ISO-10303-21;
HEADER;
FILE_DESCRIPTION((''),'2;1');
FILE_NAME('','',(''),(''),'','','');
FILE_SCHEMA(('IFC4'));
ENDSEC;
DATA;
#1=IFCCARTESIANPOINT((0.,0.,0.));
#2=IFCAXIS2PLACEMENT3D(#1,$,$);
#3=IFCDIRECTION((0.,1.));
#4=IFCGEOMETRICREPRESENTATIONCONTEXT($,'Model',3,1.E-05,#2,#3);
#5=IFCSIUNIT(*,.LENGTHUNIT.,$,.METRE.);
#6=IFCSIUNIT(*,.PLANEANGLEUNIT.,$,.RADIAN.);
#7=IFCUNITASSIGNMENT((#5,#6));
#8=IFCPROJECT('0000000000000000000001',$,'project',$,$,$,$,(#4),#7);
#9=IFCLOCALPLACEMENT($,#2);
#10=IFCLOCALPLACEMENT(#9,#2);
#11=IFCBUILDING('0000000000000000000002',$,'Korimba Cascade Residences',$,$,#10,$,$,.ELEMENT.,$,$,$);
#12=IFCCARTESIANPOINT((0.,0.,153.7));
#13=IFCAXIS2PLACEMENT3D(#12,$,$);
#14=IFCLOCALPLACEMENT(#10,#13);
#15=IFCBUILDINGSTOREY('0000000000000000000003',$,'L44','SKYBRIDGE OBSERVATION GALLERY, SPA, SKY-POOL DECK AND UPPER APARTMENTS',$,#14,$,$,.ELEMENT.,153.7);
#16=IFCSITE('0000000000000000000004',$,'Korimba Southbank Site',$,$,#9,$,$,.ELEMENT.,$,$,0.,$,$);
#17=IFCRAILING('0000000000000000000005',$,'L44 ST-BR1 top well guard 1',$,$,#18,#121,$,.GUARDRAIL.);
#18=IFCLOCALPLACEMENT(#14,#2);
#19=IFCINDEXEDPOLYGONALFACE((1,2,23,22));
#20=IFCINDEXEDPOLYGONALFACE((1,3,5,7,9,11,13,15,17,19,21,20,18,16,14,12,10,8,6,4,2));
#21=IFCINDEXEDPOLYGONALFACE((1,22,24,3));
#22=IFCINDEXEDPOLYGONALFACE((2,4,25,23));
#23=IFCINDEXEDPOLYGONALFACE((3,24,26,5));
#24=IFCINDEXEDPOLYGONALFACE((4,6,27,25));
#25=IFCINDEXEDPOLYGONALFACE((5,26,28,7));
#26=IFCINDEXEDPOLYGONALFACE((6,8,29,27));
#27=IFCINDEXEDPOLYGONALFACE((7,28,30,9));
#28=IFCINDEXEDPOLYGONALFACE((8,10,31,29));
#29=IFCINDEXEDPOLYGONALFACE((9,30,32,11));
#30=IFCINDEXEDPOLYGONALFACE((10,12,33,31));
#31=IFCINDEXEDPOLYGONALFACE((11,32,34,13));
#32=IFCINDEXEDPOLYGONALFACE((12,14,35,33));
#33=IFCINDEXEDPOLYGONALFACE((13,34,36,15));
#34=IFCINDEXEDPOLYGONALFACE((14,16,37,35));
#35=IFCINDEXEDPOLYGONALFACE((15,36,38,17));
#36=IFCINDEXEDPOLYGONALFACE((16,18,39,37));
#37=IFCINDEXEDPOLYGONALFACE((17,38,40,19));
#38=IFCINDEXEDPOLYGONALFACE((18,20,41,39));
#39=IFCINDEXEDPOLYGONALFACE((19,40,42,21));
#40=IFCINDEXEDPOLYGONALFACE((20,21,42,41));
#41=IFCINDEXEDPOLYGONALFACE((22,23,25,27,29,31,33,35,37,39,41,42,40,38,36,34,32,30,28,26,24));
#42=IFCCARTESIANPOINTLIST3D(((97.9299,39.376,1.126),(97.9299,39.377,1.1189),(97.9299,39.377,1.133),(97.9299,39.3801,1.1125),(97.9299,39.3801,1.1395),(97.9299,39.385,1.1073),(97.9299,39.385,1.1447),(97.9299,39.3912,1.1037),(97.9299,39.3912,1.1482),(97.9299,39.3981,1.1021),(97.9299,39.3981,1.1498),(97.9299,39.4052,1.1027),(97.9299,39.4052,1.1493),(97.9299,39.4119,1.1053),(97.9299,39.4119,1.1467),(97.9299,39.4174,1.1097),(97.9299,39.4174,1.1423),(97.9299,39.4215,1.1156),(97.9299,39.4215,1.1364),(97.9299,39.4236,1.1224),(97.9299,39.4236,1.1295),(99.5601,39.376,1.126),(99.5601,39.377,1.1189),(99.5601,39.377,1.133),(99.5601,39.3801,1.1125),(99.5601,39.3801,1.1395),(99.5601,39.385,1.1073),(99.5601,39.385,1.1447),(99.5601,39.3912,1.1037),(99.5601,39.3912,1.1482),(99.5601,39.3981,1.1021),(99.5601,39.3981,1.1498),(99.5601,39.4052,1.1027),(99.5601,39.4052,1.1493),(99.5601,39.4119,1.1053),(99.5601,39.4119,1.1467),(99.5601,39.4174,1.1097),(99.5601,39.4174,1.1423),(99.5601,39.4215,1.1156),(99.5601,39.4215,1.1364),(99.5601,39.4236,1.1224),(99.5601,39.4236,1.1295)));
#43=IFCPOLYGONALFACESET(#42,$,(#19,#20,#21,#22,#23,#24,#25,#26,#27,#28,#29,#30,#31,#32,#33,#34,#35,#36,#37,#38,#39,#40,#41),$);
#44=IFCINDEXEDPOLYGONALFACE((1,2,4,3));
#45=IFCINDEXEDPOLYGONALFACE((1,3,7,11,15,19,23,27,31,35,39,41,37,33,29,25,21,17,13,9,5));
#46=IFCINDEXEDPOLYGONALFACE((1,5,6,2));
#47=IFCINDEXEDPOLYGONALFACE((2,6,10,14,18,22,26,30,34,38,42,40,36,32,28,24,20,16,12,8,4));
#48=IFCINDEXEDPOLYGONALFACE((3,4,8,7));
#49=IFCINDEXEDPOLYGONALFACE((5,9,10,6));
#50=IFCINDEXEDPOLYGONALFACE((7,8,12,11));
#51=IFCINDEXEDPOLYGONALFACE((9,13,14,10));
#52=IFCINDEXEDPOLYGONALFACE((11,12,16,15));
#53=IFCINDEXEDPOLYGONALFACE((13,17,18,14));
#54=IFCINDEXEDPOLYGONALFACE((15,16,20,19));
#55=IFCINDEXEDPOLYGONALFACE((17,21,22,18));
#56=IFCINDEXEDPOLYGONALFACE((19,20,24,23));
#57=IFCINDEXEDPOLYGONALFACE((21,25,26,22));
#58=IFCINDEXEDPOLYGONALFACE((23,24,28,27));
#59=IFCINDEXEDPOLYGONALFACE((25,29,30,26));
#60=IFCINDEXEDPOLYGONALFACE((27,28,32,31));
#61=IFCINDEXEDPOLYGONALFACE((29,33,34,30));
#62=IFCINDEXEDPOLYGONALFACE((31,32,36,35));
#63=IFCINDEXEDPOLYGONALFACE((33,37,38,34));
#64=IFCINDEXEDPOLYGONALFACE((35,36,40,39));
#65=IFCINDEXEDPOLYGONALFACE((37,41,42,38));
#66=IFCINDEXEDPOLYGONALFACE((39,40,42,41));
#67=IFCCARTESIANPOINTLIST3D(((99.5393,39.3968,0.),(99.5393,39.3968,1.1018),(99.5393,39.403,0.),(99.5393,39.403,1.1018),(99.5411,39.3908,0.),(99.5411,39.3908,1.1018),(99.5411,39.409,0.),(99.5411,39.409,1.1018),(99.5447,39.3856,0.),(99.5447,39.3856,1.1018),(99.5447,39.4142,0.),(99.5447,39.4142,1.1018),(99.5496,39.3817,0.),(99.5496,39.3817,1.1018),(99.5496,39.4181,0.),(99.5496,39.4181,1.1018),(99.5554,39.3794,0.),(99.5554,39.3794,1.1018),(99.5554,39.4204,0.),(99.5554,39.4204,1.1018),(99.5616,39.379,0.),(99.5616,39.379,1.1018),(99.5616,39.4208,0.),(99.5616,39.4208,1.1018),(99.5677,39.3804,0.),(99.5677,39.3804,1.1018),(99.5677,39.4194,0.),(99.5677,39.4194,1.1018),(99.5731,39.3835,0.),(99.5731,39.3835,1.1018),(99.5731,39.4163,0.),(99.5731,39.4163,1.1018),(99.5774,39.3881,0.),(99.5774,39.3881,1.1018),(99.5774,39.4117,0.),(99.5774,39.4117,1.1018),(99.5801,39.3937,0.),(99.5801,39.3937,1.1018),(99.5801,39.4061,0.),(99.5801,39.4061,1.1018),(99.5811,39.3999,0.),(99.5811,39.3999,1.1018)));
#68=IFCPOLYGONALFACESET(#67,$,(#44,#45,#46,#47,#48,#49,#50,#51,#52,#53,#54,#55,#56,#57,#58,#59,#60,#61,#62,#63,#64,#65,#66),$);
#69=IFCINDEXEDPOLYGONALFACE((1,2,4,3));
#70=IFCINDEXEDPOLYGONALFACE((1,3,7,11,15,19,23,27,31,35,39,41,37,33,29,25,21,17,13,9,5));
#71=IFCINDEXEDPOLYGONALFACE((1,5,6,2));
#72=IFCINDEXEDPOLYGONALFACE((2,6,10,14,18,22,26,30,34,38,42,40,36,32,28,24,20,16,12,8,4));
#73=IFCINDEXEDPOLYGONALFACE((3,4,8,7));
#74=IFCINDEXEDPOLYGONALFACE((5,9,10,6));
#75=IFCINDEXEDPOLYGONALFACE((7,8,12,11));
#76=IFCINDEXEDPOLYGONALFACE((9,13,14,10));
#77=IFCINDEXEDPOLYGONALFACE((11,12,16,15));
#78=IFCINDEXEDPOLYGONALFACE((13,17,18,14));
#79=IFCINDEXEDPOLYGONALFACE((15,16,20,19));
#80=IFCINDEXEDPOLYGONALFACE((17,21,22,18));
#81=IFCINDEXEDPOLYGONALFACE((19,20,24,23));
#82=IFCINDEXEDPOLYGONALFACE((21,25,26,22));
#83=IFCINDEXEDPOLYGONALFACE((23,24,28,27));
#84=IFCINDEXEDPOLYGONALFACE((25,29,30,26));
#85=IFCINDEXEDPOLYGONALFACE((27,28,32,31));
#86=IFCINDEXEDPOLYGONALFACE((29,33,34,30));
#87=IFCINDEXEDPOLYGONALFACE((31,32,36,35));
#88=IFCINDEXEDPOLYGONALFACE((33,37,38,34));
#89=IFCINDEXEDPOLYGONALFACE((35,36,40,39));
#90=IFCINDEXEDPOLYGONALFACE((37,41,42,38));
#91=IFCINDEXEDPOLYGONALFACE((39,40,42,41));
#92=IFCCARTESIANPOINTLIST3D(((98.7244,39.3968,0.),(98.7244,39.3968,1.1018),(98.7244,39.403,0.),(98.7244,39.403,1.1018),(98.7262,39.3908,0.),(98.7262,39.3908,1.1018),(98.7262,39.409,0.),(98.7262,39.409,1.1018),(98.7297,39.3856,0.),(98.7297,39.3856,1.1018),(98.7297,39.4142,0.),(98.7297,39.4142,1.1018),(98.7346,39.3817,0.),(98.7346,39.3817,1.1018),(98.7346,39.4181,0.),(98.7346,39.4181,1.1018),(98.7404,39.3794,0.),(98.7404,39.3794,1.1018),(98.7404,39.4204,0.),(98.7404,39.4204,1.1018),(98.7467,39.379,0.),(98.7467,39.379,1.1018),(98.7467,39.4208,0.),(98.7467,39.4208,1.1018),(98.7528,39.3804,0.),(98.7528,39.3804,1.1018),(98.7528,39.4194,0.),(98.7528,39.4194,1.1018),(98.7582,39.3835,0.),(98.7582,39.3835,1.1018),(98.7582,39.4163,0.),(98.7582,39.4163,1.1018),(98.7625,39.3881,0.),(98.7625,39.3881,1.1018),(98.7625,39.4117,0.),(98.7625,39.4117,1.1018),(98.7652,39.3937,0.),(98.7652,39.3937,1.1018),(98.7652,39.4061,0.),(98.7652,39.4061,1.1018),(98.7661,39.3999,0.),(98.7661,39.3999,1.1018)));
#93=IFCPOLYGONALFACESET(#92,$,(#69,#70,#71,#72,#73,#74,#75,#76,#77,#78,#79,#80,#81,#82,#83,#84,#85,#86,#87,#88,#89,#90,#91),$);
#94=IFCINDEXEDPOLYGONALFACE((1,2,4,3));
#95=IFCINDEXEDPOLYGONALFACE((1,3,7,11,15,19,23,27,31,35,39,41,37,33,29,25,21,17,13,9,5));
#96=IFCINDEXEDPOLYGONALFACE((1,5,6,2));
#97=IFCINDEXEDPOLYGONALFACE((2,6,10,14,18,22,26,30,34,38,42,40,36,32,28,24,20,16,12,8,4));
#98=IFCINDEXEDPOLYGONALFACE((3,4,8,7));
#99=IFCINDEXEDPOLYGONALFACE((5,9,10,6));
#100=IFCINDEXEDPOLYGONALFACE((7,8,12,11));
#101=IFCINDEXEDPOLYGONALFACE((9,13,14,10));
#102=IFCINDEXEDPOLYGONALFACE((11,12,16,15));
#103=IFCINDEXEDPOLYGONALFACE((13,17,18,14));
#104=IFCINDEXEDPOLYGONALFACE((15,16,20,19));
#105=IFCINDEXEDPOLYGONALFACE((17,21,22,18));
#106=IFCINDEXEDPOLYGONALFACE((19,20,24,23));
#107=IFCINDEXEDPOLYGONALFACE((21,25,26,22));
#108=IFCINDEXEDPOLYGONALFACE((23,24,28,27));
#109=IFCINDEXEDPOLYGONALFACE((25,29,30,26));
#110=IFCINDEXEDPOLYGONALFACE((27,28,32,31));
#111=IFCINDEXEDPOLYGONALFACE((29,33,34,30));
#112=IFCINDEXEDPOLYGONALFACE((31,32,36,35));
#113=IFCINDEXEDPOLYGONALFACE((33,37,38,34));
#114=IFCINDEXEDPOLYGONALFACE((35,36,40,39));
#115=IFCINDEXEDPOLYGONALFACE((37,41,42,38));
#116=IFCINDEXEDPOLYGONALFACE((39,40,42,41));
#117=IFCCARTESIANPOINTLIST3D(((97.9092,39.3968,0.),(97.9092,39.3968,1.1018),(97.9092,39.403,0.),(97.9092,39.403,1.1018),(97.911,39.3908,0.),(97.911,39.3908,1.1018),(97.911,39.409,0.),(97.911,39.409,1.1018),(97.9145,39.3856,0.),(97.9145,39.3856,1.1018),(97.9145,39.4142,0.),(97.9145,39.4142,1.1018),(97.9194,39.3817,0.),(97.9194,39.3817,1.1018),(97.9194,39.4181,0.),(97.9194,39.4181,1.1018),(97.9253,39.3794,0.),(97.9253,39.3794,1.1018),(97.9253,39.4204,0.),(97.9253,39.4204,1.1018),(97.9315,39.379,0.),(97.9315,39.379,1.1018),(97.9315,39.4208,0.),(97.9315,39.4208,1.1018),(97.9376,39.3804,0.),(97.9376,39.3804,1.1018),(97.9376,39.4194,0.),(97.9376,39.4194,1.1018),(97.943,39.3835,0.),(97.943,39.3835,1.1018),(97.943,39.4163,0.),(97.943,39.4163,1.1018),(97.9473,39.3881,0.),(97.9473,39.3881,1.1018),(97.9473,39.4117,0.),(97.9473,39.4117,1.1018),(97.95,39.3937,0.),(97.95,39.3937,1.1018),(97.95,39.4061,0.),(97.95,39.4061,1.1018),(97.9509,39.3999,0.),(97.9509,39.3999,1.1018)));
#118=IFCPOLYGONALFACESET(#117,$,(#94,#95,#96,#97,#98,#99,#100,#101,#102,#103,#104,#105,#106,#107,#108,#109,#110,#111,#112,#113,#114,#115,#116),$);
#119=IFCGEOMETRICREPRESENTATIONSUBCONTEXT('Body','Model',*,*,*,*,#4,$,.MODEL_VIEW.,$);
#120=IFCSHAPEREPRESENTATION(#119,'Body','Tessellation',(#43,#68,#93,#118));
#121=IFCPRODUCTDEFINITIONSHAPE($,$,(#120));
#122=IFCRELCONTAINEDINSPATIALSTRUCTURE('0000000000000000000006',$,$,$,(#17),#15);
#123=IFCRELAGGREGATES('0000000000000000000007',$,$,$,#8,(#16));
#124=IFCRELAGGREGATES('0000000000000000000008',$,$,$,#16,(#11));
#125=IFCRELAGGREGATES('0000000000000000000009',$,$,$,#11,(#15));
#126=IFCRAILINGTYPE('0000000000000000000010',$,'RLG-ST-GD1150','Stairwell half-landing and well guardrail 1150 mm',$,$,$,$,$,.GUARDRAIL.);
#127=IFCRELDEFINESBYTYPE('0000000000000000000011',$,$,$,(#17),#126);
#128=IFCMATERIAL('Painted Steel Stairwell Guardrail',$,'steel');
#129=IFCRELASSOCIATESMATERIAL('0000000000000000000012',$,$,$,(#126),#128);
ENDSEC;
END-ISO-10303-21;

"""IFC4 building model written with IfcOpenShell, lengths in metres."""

from ifc_helpers import new_model, si_unit, direction, frame, origin, origin_2d, place, context, subcontext, project, spatial, circle, extrude, material, type_object, element, save


model = new_model("IFC4")

# Units and contexts
model_context = context("Model", 3, precision=1e-05, world=origin(), true_north=direction((0.0, 1.0)))
body_context = subcontext(model_context, "Body", "Model", "MODEL_VIEW")
ifc_project = project(units=[si_unit("LENGTHUNIT", "METRE"), si_unit("PLANEANGLEUNIT", "RADIAN")], contexts=[model_context])

# Site, building, storey
site_placement = place(None, origin())
site = spatial("IfcSite", under=ifc_project, at=site_placement, Name="Korimba Southbank Site", CompositionType="ELEMENT", RefElevation=0.0)
building_placement = place(site_placement, origin())
building = spatial("IfcBuilding", under=site, at=building_placement, Name="Korimba Cascade Residences", CompositionType="ELEMENT")
storey_placement = place(building_placement, frame((0.0, 0.0, 153.7)))
storey = spatial("IfcBuildingStorey", under=building, at=storey_placement, Name="L44", Description="SKYBRIDGE OBSERVATION GALLERY, SPA, SKY-POOL DECK AND UPPER APARTMENTS", CompositionType="ELEMENT", Elevation=153.7)

# Railing
ifc_material_1 = material(Name="Painted Steel Stairwell Guardrail", Category="steel")
railing_type = type_object("IfcRailingType", Name="RLG-ST-GD1150", Description="Stairwell half-landing and well guardrail 1150 mm", PredefinedType="GUARDRAIL", material=ifc_material_1)
railing_placement = place(storey_placement, frame((99.5601, 39.3999, 0.0)))
element("IfcRailing", 1, at=railing_placement, inside=storey, type_object=railing_type, Name="L44 ST-BR1 top well guard 1", PredefinedType="GUARDRAIL", context=body_context, shape_type="SweptSolid", body=[
    extrude(circle(Radius=0.0239, at=origin_2d()), frame((0.0, 0.0, 1.126), z_axis=(-1.0, 0.0, 0.0), x_axis=(0.0, -1.0, 0.0)), (0.0, 0.0, 1.0), 1.6301),
    extrude(circle(Radius=0.021, at=origin_2d()), origin(), (0.0, 0.0, 1.0), 1.1018),
    extrude(circle(Radius=0.021, at=origin_2d()), frame((-0.8149, 0.0, 0.0)), (0.0, 0.0, 1.0), 1.1018),
    extrude(circle(Radius=0.021, at=origin_2d()), frame((-1.6301, 0.0, 0.0)), (0.0, 0.0, 1.0), 1.1018),
])

save(model, "model.ifc")
